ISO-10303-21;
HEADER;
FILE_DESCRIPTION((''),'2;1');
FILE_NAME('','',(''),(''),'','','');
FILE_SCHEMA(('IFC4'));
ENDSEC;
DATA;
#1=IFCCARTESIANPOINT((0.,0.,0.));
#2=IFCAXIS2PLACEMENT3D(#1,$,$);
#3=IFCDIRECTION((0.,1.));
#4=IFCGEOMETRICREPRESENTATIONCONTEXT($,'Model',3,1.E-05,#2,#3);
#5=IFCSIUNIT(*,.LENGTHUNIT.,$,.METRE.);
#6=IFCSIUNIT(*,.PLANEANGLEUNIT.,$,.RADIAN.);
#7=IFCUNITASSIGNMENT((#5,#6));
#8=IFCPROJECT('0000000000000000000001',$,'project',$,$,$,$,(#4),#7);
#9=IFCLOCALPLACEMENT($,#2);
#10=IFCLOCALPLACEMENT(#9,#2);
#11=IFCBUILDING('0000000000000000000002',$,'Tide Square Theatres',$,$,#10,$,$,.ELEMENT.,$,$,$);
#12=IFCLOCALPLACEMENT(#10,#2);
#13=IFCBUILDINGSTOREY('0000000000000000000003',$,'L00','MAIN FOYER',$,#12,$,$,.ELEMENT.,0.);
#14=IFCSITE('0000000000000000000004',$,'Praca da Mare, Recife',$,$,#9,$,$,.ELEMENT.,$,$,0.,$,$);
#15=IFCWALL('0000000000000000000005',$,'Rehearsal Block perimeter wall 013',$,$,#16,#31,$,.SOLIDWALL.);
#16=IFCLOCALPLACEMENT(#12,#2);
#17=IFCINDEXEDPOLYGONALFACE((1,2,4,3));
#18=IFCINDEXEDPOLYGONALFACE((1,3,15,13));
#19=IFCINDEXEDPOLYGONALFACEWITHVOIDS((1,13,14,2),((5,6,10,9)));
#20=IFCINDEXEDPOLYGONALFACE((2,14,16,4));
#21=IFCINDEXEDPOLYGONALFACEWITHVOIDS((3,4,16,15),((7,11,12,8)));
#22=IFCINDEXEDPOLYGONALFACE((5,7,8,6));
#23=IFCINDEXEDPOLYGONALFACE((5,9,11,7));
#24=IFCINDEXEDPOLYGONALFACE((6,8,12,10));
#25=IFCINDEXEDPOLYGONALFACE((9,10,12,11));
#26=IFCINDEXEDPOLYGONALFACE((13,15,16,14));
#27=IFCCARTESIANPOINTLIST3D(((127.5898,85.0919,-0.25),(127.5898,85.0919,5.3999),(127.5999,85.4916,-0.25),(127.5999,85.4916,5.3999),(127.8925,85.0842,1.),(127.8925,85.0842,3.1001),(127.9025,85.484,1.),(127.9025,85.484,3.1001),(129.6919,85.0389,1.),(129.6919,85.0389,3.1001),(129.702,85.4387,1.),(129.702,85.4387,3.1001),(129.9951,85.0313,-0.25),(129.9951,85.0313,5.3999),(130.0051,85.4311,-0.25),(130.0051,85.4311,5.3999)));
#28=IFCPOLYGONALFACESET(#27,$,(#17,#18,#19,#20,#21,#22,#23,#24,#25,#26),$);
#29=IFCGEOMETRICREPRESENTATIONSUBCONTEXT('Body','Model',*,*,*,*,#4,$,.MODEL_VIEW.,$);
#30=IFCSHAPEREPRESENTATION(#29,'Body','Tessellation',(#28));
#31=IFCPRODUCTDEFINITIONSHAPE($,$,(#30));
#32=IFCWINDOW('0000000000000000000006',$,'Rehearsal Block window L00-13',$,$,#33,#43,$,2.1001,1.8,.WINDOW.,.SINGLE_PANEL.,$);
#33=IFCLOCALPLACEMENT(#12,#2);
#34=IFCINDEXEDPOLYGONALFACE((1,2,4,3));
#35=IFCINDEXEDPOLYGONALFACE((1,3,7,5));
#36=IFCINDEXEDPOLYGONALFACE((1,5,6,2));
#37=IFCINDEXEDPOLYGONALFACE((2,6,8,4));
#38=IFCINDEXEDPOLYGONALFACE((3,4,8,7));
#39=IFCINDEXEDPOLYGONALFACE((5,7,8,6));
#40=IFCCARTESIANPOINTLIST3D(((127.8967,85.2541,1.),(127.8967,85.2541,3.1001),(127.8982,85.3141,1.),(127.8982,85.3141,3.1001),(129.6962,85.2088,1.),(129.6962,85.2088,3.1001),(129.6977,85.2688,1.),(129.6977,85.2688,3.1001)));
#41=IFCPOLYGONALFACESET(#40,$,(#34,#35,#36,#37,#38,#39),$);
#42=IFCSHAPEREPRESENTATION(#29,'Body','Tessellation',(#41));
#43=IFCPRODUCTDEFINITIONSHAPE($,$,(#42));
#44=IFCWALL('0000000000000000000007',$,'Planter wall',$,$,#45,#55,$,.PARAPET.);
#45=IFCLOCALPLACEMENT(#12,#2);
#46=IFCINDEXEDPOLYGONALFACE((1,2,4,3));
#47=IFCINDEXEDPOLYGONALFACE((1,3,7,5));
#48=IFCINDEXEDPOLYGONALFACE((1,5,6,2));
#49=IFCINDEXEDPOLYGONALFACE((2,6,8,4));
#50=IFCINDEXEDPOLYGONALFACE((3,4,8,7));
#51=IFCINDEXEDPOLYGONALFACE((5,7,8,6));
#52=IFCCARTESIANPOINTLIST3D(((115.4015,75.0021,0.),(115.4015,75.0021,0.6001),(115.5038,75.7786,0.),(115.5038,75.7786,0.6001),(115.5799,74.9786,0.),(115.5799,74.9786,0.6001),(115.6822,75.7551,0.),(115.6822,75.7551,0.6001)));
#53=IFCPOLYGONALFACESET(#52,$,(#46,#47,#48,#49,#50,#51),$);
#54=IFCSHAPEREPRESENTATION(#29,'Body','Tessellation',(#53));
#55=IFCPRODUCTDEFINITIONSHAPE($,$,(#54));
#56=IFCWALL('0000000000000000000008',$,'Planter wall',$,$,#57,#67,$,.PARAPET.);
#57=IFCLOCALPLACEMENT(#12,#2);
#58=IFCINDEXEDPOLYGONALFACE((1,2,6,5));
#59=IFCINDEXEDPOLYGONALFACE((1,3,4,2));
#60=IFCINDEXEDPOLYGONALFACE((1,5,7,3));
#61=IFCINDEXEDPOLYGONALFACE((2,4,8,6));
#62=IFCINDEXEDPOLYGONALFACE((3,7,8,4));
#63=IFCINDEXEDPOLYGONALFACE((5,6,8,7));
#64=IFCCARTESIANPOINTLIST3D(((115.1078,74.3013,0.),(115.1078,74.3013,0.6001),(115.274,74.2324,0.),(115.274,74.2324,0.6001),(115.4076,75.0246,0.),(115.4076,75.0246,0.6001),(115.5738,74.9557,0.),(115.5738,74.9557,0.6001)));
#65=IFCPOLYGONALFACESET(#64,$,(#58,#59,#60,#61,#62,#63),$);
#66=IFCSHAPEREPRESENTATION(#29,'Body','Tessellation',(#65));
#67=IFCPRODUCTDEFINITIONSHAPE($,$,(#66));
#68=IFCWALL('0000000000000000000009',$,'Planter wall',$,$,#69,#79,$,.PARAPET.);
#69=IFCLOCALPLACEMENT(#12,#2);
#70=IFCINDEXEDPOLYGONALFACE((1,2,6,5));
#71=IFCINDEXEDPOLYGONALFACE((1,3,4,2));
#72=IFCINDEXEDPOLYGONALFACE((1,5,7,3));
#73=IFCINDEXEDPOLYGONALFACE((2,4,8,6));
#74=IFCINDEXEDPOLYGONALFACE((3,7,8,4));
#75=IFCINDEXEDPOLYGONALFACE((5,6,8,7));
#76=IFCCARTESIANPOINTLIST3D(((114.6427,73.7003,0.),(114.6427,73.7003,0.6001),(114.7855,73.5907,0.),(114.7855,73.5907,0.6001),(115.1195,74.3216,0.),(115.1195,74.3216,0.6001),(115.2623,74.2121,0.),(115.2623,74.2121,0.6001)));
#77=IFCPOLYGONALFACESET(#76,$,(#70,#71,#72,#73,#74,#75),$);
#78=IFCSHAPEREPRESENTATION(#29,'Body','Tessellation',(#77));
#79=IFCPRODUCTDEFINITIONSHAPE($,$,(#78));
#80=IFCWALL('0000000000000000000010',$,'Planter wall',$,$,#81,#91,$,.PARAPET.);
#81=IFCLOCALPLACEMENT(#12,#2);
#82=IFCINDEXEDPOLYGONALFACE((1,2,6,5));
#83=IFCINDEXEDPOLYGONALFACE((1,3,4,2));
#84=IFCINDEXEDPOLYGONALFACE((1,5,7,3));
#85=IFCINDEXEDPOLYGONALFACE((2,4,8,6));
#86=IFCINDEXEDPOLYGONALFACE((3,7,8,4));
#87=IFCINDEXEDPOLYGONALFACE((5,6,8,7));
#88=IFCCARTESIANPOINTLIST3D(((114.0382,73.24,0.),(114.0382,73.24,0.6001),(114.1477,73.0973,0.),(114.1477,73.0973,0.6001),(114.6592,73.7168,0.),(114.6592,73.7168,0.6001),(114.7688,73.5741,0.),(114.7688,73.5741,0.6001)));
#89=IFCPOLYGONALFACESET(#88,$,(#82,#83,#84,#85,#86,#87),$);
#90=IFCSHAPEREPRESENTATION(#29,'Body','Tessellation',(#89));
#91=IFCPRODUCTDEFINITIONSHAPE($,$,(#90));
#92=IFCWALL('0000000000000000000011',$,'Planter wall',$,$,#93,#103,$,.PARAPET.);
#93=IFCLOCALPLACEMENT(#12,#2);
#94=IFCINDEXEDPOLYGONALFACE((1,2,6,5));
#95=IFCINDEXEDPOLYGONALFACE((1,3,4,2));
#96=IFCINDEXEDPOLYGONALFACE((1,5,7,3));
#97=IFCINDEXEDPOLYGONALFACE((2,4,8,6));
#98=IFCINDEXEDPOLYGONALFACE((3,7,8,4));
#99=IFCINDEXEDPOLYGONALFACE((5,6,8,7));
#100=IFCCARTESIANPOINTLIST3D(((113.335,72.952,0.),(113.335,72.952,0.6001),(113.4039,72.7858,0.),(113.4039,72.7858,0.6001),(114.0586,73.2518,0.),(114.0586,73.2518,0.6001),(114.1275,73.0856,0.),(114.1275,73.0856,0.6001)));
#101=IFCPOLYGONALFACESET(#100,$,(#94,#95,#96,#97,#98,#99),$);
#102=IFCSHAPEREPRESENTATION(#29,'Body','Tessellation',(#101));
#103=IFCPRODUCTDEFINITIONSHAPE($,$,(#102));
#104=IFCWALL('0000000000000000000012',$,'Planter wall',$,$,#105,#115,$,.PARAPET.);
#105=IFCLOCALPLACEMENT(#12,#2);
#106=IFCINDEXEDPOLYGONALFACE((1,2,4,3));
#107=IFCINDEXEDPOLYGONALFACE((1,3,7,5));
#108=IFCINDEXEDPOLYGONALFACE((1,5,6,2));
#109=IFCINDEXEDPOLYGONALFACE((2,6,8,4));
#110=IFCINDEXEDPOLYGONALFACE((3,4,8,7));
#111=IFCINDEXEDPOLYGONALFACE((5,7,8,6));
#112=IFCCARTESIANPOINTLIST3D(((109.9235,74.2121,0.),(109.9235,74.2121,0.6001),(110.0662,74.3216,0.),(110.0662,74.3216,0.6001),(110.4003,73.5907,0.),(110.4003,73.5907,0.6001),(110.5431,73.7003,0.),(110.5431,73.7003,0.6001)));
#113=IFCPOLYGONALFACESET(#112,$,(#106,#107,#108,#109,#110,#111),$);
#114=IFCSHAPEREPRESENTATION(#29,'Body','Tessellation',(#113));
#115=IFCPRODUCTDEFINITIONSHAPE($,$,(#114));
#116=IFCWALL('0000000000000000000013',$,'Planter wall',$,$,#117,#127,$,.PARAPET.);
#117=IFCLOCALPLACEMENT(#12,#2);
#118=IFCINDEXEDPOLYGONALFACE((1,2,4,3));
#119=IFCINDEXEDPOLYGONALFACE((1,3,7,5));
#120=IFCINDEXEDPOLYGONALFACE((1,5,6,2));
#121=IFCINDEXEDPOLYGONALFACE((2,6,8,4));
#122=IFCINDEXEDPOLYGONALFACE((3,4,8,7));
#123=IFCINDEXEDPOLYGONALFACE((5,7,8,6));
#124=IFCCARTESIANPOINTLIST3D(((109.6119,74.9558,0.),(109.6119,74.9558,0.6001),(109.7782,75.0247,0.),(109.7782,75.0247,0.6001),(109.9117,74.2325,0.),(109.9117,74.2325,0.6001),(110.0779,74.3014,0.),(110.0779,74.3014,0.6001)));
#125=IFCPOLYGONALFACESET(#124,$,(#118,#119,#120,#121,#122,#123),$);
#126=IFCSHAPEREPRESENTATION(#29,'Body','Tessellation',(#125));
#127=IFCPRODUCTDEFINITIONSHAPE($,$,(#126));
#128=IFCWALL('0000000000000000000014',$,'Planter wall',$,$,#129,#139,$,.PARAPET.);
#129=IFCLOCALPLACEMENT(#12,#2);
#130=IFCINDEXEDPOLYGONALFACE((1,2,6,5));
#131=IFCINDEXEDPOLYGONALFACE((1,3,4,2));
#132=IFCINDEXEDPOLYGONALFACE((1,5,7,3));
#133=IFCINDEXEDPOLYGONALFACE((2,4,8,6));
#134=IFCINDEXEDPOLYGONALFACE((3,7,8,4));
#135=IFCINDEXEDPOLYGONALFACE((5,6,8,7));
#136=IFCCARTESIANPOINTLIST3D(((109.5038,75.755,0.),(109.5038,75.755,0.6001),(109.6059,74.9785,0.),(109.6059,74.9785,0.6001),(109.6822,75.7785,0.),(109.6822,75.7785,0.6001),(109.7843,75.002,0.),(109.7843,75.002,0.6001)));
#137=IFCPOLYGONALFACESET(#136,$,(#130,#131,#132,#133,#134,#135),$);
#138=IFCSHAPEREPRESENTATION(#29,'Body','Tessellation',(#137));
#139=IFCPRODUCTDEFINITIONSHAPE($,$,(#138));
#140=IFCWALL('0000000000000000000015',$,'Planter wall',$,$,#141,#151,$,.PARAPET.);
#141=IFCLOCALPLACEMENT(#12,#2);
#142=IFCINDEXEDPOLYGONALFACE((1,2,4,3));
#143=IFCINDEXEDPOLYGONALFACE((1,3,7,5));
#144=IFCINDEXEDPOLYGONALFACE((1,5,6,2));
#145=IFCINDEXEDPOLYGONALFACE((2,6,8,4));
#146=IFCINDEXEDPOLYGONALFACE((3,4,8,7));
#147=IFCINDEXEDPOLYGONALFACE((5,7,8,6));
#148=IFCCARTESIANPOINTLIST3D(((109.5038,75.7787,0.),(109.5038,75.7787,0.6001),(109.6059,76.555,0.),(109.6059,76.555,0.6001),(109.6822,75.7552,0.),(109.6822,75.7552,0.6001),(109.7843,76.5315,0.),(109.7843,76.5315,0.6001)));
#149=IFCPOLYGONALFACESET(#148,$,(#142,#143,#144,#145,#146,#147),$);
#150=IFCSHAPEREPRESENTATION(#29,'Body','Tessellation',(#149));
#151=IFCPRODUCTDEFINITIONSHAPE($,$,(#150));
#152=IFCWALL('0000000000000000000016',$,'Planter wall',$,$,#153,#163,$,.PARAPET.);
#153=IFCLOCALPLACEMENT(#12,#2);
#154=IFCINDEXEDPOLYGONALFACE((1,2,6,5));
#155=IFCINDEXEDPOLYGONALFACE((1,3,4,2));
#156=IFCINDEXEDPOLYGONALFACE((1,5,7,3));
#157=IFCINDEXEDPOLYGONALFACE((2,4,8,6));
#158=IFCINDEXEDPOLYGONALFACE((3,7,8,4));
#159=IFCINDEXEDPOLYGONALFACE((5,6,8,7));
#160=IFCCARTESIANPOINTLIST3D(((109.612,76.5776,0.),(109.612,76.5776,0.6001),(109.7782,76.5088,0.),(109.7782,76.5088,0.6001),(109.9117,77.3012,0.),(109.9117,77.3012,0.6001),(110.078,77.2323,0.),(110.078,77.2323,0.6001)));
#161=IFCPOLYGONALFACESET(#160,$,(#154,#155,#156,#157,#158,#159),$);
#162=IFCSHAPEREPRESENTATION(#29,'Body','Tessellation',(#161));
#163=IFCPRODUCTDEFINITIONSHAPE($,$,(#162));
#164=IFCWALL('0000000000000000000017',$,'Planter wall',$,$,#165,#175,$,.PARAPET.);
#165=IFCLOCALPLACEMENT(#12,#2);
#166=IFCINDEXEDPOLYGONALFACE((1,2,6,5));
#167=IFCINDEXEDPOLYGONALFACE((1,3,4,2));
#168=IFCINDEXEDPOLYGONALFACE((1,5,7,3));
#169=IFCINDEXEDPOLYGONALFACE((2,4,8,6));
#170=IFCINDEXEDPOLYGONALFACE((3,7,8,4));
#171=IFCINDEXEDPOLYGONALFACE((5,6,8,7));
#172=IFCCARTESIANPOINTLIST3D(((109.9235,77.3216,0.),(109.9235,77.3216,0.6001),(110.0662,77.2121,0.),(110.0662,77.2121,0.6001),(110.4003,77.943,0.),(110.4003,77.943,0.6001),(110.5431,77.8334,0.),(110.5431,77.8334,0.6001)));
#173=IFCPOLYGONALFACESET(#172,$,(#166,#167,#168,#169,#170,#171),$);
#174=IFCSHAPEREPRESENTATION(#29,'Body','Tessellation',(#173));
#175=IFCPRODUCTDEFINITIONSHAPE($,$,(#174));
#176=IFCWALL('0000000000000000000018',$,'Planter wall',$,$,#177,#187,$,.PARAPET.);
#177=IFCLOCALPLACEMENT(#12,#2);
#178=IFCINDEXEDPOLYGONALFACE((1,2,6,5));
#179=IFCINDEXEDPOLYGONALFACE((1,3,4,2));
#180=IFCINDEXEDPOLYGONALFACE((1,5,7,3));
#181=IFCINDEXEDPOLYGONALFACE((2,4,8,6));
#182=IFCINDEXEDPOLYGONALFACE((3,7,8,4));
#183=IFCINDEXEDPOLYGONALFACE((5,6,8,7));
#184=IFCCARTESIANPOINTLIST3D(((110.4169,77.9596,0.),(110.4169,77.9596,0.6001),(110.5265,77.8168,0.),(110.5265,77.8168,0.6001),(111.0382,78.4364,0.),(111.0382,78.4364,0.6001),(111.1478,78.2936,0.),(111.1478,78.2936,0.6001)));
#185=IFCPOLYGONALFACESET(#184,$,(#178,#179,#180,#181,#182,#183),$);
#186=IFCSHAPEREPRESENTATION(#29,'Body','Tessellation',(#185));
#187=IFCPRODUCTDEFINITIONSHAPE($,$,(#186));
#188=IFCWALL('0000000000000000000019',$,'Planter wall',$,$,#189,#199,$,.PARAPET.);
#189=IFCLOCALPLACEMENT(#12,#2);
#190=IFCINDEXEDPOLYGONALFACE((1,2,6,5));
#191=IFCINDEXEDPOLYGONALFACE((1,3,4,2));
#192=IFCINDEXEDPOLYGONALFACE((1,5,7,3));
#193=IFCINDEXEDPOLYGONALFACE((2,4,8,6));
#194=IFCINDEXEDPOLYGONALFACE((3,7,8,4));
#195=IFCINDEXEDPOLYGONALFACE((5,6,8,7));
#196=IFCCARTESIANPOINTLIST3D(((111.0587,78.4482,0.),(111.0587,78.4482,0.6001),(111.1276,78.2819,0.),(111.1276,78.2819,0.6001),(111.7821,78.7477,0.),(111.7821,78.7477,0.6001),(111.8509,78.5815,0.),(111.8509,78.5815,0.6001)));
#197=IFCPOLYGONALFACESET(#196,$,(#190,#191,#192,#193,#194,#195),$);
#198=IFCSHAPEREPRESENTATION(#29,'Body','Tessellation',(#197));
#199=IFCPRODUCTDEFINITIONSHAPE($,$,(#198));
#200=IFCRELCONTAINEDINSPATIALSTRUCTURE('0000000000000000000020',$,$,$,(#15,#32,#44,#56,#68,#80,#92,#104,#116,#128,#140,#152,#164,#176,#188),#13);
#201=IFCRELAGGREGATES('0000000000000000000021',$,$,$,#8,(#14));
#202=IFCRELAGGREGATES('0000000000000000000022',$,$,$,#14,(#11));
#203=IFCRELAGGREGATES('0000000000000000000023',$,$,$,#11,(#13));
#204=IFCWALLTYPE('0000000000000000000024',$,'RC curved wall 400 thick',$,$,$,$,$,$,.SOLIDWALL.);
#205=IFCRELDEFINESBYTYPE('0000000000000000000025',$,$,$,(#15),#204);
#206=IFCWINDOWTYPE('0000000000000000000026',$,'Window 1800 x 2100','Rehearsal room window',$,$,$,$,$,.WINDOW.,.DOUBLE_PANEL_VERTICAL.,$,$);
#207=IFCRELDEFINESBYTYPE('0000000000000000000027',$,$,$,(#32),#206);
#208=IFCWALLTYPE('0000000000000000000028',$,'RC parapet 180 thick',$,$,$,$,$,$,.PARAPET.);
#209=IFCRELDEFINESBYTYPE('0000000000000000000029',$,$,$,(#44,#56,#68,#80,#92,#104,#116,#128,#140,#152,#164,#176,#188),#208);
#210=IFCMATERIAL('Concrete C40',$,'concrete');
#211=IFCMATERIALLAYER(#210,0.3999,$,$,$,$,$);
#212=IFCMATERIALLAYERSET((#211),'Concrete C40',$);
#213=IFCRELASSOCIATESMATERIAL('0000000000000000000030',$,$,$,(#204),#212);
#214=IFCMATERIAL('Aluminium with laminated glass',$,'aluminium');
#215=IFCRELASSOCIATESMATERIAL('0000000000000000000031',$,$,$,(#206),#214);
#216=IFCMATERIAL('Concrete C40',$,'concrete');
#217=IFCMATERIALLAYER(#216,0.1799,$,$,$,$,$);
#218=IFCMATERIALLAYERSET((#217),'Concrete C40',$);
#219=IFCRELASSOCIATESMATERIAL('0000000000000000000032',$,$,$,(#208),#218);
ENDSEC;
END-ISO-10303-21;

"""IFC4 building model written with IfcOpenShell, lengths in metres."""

from ifc_helpers import new_model, si_unit, direction, frame, frame_2d, origin, place, context, subcontext, project, spatial, rectangle, extrude, material, layer, layer_set, type_object, element, fill, save


model = new_model("IFC4")

# Units and contexts
model_context = context("Model", 3, precision=1e-05, world=origin(), true_north=direction((0.0, 1.0)))
body_context = subcontext(model_context, "Body", "Model", "MODEL_VIEW")
ifc_project = project(units=[si_unit("LENGTHUNIT", "METRE"), si_unit("PLANEANGLEUNIT", "RADIAN")], contexts=[model_context])

# Site, building, storey
site_placement = place(None, origin())
site = spatial("IfcSite", under=ifc_project, at=site_placement, Name="Praca da Mare, Recife", CompositionType="ELEMENT", RefElevation=0.0)
building_placement = place(site_placement, origin())
building = spatial("IfcBuilding", under=site, at=building_placement, Name="Tide Square Theatres", CompositionType="ELEMENT")
storey_placement = place(building_placement, origin())
storey = spatial("IfcBuildingStorey", under=building, at=storey_placement, Name="L00", Description="MAIN FOYER", CompositionType="ELEMENT", Elevation=0.0)

# Wall, opening, window
ifc_material_1 = material(Name="Concrete C40", Category="concrete")
ifc_layer_1 = layer(ifc_material_1, 0.3999)
ifc_layer_set_1 = layer_set([ifc_layer_1], Name="Concrete C40")
wall_type_1 = type_object("IfcWallType", Name="RC curved wall 400 thick", PredefinedType="SOLIDWALL", material=ifc_layer_set_1)
ifc_material_2 = material(Name="Aluminium with laminated glass", Category="aluminium")
window_type_1 = type_object("IfcWindowType", Name="Window 1800 x 2100", Description="Rehearsal room window", PartitioningType="DOUBLE_PANEL_VERTICAL", PredefinedType="WINDOW", material=ifc_material_2)
wall_1_placement = place(storey_placement, frame((127.5947, 85.2917, -0.25), z_axis=(0.0, 0.0, 1.0), x_axis=(0.999683, -0.025165, 0.0)))
wall_1 = element("IfcWall", 1, at=wall_1_placement, inside=storey, type_object=wall_type_1, Name="Rehearsal Block perimeter wall 013", PredefinedType="SOLIDWALL", context=body_context, shape_type="SweptSolid", body=[
    extrude(rectangle(XDim=2.406, YDim=0.3999, at=frame_2d((1.2031, 0.0))), origin(), (0.0, 0.0, 1.0), 5.6499),
])
opening_1_placement = place(wall_1_placement, frame((0.303, 0.0, 1.25)))
opening_1 = element("IfcOpeningElement", 2, at=opening_1_placement, cuts=wall_1, PredefinedType="OPENING", context=body_context, shape_type="SweptSolid", body=[
    extrude(rectangle(XDim=1.8, YDim=2.1001, at=frame_2d((0.8999, 1.05))), frame((0.0, 0.21, 0.0), z_axis=(0.0, -1.0, 0.0), x_axis=(1.0, 0.0, 0.0)), (0.0, 0.0, 1.0), 0.4199),
])
window_1_placement = place(opening_1_placement, origin())
window_1 = element("IfcWindow", 3, at=window_1_placement, inside=storey, type_object=window_type_1, Name="Rehearsal Block window L00-13", OverallHeight=2.1001, OverallWidth=1.8, PartitioningType="SINGLE_PANEL", PredefinedType="WINDOW", context=body_context, shape_type="SweptSolid", body=[
    extrude(rectangle(XDim=1.8, YDim=2.1001, at=frame_2d((0.8999, 1.05))), frame((0.0, 0.03, 0.0), z_axis=(0.0, -1.0, 0.0), x_axis=(1.0, 0.0, 0.0)), (0.0, 0.0, 1.0), 0.0601),
])
fill(opening_1, window_1)

# Walls
ifc_material_3 = material(Name="Concrete C40", Category="concrete")
ifc_layer_2 = layer(ifc_material_3, 0.1799)
ifc_layer_set_2 = layer_set([ifc_layer_2], Name="Concrete C40")
wall_type_2 = type_object("IfcWallType", Name="RC parapet 180 thick", PredefinedType="PARAPET", material=ifc_layer_set_2)
wall_2_placement = place(storey_placement, frame((115.593, 75.7668, 0.0), z_axis=(0.0, 0.0, 1.0), x_axis=(-0.130592, -0.991436, 0.0)))
element("IfcWall", 4, at=wall_2_placement, inside=storey, type_object=wall_type_2, Name="Planter wall", PredefinedType="PARAPET", context=body_context, shape_type="SweptSolid", body=[
    extrude(rectangle(XDim=0.7832, YDim=0.1799, at=frame_2d((0.3916, 0.0))), origin(), (0.0, 0.0, 1.0), 0.6001),
])
wall_3_placement = place(storey_placement, frame((115.4907, 74.9902, 0.0), z_axis=(0.0, 0.0, 1.0), x_axis=(-0.382866, -0.923804, 0.0)))
element("IfcWall", 5, at=wall_3_placement, inside=storey, type_object=wall_type_2, Name="Planter wall", PredefinedType="PARAPET", context=body_context, shape_type="SweptSolid", body=[
    extrude(rectangle(XDim=0.783, YDim=0.1799, at=frame_2d((0.3916, 0.0))), origin(), (0.0, 0.0, 1.0), 0.6001),
])
wall_4_placement = place(storey_placement, frame((115.1909, 74.2668, 0.0), z_axis=(0.0, 0.0, 1.0), x_axis=(-0.608791, -0.79333, 0.0)))
element("IfcWall", 6, at=wall_4_placement, inside=storey, type_object=wall_type_2, Name="Planter wall", PredefinedType="PARAPET", context=body_context, shape_type="SweptSolid", body=[
    extrude(rectangle(XDim=0.7832, YDim=0.1799, at=frame_2d((0.3916, 0.0))), origin(), (0.0, 0.0, 1.0), 0.6001),
])
wall_5_placement = place(storey_placement, frame((114.7141, 73.6455, 0.0), z_axis=(0.0, 0.0, 1.0), x_axis=(-0.793215, -0.608942, 0.0)))
element("IfcWall", 7, at=wall_5_placement, inside=storey, type_object=wall_type_2, Name="Planter wall", PredefinedType="PARAPET", context=body_context, shape_type="SweptSolid", body=[
    extrude(rectangle(XDim=0.783, YDim=0.1799, at=frame_2d((0.3916, 0.0))), origin(), (0.0, 0.0, 1.0), 0.6001),
])
for number, where, z_axis, x_axis, name in (
    (8, (114.093, 73.1687, 0.0), (0.0, 0.0, 1.0), (-0.92385, -0.382756, 0.0), "Planter wall"),
    (9, (110.4717, 73.6455, 0.0), (0.0, 0.0, 1.0), (-0.608791, 0.79333, 0.0), "Planter wall"),
):
    element("IfcWall", number, at=place(storey_placement, frame(where, z_axis=z_axis, x_axis=x_axis)), inside=storey, type_object=wall_type_2, Name=name, PredefinedType="PARAPET", context=body_context, shape_type="SweptSolid", body=[
        extrude(rectangle(XDim=0.7832, YDim=0.1799, at=frame_2d((0.3916, 0.0))), origin(), (0.0, 0.0, 1.0), 0.6001),
    ])
wall_6_placement = place(storey_placement, frame((109.9949, 74.2668, 0.0), z_axis=(0.0, 0.0, 1.0), x_axis=(-0.382866, 0.923804, 0.0)))
element("IfcWall", 10, at=wall_6_placement, inside=storey, type_object=wall_type_2, Name="Planter wall", PredefinedType="PARAPET", context=body_context, shape_type="SweptSolid", body=[
    extrude(rectangle(XDim=0.783, YDim=0.1799, at=frame_2d((0.3916, 0.0))), origin(), (0.0, 0.0, 1.0), 0.6001),
])
wall_7_placement = place(storey_placement, frame((109.6951, 74.9902, 0.0), z_axis=(0.0, 0.0, 1.0), x_axis=(-0.130285, 0.991477, 0.0)))
element("IfcWall", 11, at=wall_7_placement, inside=storey, type_object=wall_type_2, Name="Planter wall", PredefinedType="PARAPET", context=body_context, shape_type="SweptSolid", body=[
    extrude(rectangle(XDim=0.7832, YDim=0.1799, at=frame_2d((0.3916, 0.0))), origin(), (0.0, 0.0, 1.0), 0.6001),
])
wall_8_placement = place(storey_placement, frame((109.593, 75.7668, 0.0), z_axis=(0.0, 0.0, 1.0), x_axis=(0.130325, 0.991471, 0.0)))
element("IfcWall", 12, at=wall_8_placement, inside=storey, type_object=wall_type_2, Name="Planter wall", PredefinedType="PARAPET", context=body_context, shape_type="SweptSolid", body=[
    extrude(rectangle(XDim=0.783, YDim=0.1799, at=frame_2d((0.3916, 0.0))), origin(), (0.0, 0.0, 1.0), 0.6001),
])
for number, where, z_axis, x_axis, name in (
    (13, (109.6951, 76.5432, 0.0), (0.0, 0.0, 1.0), (0.382756, 0.92385, 0.0), "Planter wall"),
    (14, (109.9949, 77.2668, 0.0), (0.0, 0.0, 1.0), (0.608791, 0.79333, 0.0), "Planter wall"),
    (15, (110.4717, 77.8882, 0.0), (0.0, 0.0, 1.0), (0.79333, 0.608791, 0.0), "Planter wall"),
):
    element("IfcWall", number, at=place(storey_placement, frame(where, z_axis=z_axis, x_axis=x_axis)), inside=storey, type_object=wall_type_2, Name=name, PredefinedType="PARAPET", context=body_context, shape_type="SweptSolid", body=[
        extrude(rectangle(XDim=0.7832, YDim=0.1799, at=frame_2d((0.3916, 0.0))), origin(), (0.0, 0.0, 1.0), 0.6001),
    ])
wall_9_placement = place(storey_placement, frame((111.093, 78.365, 0.0), z_axis=(0.0, 0.0, 1.0), x_axis=(0.923914, 0.3826, 0.0)))
element("IfcWall", 16, at=wall_9_placement, inside=storey, type_object=wall_type_2, Name="Planter wall", PredefinedType="PARAPET", context=body_context, shape_type="SweptSolid", body=[
    extrude(rectangle(XDim=0.783, YDim=0.1799, at=frame_2d((0.3916, 0.0))), origin(), (0.0, 0.0, 1.0), 0.6001),
])

save(model, "model.ifc")
